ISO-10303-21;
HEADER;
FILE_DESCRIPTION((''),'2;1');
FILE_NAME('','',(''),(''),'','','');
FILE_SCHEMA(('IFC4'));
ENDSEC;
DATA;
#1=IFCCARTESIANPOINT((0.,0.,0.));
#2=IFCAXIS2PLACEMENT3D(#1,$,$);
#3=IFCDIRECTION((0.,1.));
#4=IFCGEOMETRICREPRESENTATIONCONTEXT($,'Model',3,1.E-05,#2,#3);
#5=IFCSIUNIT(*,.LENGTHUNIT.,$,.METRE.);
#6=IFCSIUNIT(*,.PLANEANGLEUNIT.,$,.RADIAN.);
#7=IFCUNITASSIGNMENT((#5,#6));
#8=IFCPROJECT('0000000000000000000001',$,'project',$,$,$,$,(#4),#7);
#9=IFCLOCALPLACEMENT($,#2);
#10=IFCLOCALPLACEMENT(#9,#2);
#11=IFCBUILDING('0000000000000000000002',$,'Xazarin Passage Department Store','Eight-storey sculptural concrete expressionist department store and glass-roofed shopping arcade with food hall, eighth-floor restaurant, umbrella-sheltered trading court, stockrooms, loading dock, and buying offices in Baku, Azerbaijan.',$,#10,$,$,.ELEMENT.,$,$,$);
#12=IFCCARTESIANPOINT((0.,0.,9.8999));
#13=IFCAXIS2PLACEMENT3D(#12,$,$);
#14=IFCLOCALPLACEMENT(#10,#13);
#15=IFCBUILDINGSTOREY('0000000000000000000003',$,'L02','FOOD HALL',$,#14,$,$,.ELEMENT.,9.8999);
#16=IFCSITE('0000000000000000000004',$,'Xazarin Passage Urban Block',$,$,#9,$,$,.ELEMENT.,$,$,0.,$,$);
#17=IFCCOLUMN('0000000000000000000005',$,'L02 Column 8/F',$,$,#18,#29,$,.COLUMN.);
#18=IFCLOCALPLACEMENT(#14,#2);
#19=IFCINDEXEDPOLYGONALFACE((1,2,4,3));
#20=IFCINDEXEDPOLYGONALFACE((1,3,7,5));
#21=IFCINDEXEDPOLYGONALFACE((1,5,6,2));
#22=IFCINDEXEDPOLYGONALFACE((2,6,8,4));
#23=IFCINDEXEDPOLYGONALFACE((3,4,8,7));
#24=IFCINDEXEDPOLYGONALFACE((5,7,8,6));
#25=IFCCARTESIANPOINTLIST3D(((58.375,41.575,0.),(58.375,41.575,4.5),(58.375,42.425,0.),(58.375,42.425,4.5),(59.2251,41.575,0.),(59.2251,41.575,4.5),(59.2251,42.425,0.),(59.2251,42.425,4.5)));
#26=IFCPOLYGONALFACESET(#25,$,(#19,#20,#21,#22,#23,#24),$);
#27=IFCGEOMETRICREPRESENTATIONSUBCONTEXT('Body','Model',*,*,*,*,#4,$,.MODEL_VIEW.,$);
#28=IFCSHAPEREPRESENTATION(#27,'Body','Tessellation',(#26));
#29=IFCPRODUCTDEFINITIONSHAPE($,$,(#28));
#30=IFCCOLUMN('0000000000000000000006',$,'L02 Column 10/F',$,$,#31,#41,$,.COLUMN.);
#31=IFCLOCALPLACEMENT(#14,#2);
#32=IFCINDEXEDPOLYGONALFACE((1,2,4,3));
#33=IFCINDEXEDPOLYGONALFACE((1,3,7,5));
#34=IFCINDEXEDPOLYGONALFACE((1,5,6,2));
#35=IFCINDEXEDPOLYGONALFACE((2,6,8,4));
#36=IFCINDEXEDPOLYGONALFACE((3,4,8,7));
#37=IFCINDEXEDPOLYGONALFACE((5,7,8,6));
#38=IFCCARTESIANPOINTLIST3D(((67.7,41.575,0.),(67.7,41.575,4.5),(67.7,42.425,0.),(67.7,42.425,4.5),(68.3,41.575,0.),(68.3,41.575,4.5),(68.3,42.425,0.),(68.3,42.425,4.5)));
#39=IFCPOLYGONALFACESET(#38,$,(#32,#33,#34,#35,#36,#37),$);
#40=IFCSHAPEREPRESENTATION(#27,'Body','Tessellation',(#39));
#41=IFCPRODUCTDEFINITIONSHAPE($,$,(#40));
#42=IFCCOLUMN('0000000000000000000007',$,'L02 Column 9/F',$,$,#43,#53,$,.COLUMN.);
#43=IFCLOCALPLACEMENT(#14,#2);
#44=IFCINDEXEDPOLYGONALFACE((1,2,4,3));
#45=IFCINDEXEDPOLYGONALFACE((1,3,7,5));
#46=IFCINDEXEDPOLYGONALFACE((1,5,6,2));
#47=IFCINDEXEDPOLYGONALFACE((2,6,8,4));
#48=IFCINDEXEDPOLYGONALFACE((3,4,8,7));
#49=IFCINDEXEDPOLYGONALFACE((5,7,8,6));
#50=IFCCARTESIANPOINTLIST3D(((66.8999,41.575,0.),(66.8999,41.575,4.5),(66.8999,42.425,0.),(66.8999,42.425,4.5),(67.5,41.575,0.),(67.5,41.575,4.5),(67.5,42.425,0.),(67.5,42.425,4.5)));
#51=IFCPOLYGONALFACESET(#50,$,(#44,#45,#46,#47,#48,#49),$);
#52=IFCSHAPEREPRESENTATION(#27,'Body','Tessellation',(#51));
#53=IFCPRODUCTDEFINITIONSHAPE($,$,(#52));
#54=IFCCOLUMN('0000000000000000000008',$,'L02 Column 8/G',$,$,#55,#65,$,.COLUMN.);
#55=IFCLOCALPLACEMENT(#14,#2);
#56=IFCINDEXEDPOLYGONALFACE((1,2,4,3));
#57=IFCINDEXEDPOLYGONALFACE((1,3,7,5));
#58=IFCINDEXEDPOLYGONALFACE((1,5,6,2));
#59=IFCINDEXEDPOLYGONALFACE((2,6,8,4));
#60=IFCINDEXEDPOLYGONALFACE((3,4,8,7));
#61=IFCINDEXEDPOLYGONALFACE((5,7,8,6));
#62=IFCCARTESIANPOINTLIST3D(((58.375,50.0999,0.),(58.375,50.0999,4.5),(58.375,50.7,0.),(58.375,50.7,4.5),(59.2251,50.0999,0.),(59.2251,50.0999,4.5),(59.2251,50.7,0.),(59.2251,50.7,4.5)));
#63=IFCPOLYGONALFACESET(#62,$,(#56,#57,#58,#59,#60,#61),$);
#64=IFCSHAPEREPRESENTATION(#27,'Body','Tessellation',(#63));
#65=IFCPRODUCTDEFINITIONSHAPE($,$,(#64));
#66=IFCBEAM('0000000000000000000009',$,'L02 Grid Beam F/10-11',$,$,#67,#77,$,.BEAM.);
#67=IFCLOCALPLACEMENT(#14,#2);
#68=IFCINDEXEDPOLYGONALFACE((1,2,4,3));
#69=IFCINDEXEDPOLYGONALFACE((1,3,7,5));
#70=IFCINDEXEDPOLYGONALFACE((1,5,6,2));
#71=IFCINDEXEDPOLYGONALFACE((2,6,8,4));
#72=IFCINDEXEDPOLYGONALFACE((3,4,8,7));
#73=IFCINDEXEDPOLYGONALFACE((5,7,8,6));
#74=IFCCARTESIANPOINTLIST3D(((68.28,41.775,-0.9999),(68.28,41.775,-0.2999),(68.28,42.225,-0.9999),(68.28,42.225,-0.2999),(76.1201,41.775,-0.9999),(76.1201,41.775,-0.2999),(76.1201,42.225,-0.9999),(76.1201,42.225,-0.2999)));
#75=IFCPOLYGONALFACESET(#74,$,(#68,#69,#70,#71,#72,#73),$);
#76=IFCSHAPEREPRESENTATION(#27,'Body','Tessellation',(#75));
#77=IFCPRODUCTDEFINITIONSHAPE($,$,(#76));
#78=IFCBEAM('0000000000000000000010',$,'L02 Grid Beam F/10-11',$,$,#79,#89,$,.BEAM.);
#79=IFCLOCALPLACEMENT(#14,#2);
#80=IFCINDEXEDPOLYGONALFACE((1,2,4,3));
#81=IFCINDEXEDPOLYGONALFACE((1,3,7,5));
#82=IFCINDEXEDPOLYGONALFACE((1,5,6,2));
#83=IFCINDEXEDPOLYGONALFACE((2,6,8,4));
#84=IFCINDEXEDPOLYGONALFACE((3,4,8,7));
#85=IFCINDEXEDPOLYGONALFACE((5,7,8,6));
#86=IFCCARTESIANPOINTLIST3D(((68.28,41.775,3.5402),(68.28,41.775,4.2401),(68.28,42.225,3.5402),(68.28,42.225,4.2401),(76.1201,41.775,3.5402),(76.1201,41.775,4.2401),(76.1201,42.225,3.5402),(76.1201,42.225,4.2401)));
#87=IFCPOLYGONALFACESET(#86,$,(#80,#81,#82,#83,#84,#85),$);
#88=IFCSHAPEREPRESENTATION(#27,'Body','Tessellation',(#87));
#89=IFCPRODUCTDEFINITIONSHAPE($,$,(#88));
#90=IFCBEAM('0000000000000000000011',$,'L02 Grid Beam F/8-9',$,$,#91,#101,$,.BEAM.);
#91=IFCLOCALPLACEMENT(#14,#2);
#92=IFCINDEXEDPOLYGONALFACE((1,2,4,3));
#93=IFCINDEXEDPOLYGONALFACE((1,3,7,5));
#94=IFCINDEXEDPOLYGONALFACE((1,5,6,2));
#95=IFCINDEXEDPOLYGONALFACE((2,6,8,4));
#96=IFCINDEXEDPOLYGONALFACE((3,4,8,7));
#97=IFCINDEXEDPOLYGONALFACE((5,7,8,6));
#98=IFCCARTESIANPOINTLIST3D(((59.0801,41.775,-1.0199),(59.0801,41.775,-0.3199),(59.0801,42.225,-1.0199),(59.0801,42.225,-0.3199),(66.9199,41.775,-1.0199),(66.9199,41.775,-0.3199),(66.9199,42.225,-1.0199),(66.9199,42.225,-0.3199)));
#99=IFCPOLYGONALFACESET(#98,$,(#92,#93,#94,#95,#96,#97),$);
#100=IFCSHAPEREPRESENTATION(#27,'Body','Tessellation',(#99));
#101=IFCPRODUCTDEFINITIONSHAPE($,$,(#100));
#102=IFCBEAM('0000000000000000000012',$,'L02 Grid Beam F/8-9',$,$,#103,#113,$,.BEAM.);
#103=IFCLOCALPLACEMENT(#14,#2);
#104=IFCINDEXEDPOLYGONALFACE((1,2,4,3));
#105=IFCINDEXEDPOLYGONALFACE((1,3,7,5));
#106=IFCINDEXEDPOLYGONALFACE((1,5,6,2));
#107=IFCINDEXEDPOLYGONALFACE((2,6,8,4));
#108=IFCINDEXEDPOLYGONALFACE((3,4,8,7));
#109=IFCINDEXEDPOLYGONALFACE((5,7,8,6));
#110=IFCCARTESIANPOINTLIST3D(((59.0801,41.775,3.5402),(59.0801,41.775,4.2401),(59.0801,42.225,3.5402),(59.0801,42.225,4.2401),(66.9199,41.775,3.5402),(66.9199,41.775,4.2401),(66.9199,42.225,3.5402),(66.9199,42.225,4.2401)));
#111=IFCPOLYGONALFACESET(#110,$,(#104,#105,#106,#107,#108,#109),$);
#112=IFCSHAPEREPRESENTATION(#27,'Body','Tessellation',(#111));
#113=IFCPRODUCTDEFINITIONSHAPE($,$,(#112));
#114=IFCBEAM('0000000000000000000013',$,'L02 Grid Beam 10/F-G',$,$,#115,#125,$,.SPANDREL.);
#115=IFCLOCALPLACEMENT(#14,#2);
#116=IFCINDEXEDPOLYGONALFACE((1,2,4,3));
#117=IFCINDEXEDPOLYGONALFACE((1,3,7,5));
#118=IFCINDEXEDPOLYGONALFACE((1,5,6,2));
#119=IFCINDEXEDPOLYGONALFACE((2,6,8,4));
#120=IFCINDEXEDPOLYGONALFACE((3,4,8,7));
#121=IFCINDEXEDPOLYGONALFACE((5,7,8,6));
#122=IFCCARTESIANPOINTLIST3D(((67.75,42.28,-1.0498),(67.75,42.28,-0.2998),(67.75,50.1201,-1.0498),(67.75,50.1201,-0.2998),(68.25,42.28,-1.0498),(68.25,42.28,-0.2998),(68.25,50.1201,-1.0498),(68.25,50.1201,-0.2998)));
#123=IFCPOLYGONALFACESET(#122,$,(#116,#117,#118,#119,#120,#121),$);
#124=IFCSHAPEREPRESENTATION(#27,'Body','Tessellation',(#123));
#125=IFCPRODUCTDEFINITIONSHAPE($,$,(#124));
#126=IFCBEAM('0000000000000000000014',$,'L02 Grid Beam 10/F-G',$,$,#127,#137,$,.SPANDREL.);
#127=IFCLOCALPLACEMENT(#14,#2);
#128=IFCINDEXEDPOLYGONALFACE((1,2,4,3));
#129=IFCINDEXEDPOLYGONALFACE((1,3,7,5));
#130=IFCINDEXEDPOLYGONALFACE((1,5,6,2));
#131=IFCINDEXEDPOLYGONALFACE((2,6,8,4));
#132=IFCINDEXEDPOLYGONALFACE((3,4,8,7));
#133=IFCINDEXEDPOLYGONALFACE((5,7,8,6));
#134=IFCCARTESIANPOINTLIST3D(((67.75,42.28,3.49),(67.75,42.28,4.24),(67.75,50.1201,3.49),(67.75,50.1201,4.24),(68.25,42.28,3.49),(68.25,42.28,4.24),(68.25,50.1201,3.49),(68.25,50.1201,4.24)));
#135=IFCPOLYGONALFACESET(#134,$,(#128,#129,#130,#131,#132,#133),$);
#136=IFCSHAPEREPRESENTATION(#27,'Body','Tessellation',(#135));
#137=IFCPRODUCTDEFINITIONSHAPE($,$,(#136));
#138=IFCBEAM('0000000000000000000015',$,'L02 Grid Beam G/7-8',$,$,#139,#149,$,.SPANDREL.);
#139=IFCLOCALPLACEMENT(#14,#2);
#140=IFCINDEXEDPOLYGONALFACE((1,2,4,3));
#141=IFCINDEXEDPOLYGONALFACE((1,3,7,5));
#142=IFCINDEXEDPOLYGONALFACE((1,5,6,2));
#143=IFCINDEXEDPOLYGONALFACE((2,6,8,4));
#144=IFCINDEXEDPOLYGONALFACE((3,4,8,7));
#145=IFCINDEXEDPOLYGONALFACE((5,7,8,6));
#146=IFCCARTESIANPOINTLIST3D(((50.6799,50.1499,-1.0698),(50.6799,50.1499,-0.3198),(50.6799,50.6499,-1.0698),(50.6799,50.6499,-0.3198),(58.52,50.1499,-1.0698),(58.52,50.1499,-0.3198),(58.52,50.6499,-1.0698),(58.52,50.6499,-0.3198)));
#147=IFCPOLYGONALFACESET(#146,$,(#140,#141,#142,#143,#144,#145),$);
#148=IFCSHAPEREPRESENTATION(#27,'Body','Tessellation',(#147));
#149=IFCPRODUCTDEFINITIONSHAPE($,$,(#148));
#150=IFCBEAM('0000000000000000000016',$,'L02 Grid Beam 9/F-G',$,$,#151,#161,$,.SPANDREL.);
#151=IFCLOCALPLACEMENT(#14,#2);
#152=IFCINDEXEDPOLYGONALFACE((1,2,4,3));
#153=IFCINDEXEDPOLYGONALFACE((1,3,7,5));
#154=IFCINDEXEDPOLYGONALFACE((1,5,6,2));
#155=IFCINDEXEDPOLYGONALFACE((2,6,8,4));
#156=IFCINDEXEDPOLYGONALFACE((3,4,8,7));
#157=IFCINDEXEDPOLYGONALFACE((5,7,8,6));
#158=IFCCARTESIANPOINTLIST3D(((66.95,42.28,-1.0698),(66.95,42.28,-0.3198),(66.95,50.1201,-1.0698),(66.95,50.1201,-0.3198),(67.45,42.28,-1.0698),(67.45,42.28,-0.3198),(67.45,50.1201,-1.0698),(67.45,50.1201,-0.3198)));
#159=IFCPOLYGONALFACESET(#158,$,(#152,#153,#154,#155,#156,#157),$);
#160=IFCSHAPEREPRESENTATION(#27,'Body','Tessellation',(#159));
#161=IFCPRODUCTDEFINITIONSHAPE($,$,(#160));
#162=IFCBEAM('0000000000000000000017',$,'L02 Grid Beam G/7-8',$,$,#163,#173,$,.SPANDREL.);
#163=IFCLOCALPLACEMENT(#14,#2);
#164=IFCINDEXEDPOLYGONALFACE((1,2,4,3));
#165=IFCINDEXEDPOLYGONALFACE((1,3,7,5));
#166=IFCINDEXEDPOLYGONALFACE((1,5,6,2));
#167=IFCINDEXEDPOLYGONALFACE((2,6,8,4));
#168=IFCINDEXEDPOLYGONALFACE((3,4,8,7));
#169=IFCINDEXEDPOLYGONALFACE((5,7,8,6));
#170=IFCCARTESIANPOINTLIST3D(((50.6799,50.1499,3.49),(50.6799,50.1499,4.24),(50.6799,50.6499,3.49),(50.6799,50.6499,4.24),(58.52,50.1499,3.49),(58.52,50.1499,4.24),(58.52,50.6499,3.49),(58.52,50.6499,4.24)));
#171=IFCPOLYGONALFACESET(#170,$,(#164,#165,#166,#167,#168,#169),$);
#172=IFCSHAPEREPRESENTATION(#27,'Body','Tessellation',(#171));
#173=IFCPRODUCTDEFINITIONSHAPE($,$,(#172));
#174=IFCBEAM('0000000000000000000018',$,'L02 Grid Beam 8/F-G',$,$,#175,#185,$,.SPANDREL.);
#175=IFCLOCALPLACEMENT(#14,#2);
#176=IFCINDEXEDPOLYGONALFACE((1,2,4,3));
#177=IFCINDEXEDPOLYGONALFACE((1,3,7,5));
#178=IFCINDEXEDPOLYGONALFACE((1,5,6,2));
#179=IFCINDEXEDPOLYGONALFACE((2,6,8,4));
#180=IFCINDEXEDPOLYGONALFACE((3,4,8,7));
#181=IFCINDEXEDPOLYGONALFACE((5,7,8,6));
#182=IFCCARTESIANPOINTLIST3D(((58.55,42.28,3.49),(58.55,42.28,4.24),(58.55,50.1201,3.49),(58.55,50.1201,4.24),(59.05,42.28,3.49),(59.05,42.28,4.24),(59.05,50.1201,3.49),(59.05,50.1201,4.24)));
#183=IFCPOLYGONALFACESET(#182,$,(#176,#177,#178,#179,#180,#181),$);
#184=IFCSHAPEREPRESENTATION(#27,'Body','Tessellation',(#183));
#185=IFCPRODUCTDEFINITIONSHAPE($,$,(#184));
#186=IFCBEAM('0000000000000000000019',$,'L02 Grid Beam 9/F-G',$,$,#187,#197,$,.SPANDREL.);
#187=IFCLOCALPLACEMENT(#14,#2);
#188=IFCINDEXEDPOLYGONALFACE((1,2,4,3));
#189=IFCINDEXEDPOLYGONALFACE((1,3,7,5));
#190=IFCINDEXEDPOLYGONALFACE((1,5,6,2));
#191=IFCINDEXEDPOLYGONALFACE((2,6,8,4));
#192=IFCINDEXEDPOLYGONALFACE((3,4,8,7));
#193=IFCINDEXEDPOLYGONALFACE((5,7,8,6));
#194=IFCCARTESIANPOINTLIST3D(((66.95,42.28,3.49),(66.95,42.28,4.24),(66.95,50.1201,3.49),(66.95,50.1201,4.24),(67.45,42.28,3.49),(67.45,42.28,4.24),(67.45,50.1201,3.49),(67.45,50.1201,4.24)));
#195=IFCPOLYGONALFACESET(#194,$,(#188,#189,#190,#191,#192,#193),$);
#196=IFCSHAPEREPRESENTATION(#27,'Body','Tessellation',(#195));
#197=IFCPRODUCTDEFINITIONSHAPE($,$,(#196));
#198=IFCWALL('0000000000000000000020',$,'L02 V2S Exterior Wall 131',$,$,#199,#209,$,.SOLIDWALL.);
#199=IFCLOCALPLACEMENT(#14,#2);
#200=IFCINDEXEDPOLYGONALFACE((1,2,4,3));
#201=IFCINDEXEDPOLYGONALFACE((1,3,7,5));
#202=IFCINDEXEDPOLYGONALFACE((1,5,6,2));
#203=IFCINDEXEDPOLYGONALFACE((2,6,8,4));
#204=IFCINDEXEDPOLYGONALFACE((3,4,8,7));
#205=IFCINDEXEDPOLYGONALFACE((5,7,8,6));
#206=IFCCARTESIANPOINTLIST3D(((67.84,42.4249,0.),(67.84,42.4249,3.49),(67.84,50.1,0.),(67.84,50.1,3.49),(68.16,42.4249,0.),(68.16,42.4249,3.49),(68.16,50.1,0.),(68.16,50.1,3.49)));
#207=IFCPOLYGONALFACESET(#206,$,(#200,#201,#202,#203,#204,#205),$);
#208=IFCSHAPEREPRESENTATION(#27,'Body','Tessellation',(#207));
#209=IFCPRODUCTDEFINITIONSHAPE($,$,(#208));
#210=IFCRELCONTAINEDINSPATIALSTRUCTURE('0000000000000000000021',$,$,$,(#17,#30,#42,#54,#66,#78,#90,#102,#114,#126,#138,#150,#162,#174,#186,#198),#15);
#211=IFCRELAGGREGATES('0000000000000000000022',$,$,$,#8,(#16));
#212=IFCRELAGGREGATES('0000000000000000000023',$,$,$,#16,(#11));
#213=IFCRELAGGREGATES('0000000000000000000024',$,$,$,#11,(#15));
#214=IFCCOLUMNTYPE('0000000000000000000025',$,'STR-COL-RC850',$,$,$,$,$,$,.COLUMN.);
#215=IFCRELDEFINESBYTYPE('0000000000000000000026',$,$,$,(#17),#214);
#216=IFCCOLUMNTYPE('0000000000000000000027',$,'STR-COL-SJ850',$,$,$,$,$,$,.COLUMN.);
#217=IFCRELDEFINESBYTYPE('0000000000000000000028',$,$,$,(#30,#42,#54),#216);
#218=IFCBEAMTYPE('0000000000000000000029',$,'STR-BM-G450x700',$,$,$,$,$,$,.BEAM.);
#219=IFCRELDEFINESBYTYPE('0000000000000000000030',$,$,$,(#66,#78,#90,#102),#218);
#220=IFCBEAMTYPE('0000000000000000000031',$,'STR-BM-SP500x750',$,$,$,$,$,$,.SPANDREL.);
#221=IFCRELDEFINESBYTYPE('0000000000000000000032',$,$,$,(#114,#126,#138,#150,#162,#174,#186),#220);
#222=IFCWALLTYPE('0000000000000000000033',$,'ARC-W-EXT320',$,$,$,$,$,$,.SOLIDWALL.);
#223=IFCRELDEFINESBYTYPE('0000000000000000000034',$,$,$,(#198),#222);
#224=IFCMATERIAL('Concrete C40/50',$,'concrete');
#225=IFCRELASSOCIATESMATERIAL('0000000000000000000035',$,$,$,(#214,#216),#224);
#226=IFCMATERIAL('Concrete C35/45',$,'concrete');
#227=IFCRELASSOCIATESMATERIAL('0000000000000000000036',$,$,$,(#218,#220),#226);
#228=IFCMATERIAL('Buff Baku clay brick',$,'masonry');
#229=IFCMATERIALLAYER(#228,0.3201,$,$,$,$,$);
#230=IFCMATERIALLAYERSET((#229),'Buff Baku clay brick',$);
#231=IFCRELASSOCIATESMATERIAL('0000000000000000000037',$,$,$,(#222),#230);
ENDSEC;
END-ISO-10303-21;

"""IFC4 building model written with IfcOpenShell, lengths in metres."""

from ifc_helpers import new_model, si_unit, direction, frame, frame_2d, origin, origin_2d, place, context, subcontext, project, spatial, rectangle, extrude, material, layer, layer_set, material_profile, profile_set, type_object, element, save


model = new_model("IFC4")

# Units and contexts
model_context = context("Model", 3, precision=1e-05, world=origin(), true_north=direction((0.0, 1.0)))
body_context = subcontext(model_context, "Body", "Model", "MODEL_VIEW")
ifc_project = project(units=[si_unit("LENGTHUNIT", "METRE"), si_unit("PLANEANGLEUNIT", "RADIAN")], contexts=[model_context])

# Site, building, storey
site_placement = place(None, origin())
site = spatial("IfcSite", under=ifc_project, at=site_placement, Name="Xazarin Passage Urban Block", CompositionType="ELEMENT", RefElevation=0.0)
building_placement = place(site_placement, origin())
building = spatial("IfcBuilding", under=site, at=building_placement, Name="Xazarin Passage Department Store", Description="Eight-storey sculptural concrete expressionist department store and glass-roofed shopping arcade with food hall, eighth-floor restaurant, umbrella-sheltered trading court, stockrooms, loading dock, and buying offices in Baku, Azerbaijan.", CompositionType="ELEMENT")
storey_placement = place(building_placement, frame((0.0, 0.0, 9.8999)))
storey = spatial("IfcBuildingStorey", under=building, at=storey_placement, Name="L02", Description="FOOD HALL", CompositionType="ELEMENT", Elevation=9.8999)

# Columns
ifc_material_1 = material(Name="Concrete C40/50", Category="concrete")
ifc_material_profile_1 = material_profile(ifc_material_1, rectangle(XDim=0.8501, YDim=0.8501, at=origin_2d()), Name="RC 850x850")
ifc_profile_set_1 = profile_set([ifc_material_profile_1], Name="Concrete C40/50")
column_type_1 = type_object("IfcColumnType", Name="STR-COL-RC850", PredefinedType="COLUMN", material=ifc_profile_set_1)
column_placement = place(storey_placement, frame((58.8, 42.0, 0.0), z_axis=(0.0, 0.0, 1.0), x_axis=(1.0, 0.0, 0.0)))
element("IfcColumn", 1, at=column_placement, inside=storey, type_object=column_type_1, Name="L02 Column 8/F", PredefinedType="COLUMN", context=body_context, shape_type="SweptSolid", body=[
    extrude(rectangle(XDim=0.8501, YDim=0.8501, at=origin_2d()), origin(), (0.0, 0.0, 1.0), 4.5),
])
ifc_material_profile_2 = material_profile(ifc_material_1, rectangle(XDim=0.6001, YDim=0.8501, at=origin_2d()), Name="RC 600x850")
ifc_profile_set_2 = profile_set([ifc_material_profile_2], Name="Concrete C40/50")
column_type_2 = type_object("IfcColumnType", Name="STR-COL-SJ850", PredefinedType="COLUMN", material=ifc_profile_set_2)
for number, where, z_axis, x_axis, name in (
    (2, (68.0, 42.0, 0.0), (0.0, 0.0, 1.0), (1.0, 0.0, 0.0), "L02 Column 10/F"),
    (3, (67.2, 42.0, 0.0), (0.0, 0.0, 1.0), (1.0, 0.0, 0.0), "L02 Column 9/F"),
    (4, (58.8, 50.3999, 0.0), (0.0, 0.0, 1.0), (0.0, 1.0, 0.0), "L02 Column 8/G"),
):
    element("IfcColumn", number, at=place(storey_placement, frame(where, z_axis=z_axis, x_axis=x_axis)), inside=storey, type_object=column_type_2, Name=name, PredefinedType="COLUMN", context=body_context, shape_type="SweptSolid", body=[
        extrude(rectangle(XDim=0.6001, YDim=0.8501, at=origin_2d()), origin(), (0.0, 0.0, 1.0), 4.5),
    ])

# Beams
ifc_material_2 = material(Name="Concrete C35/45", Category="concrete")
ifc_material_profile_3 = material_profile(ifc_material_2, rectangle(XDim=0.45, YDim=0.7, at=origin_2d()), Name="RC 450x700")
ifc_profile_set_3 = profile_set([ifc_material_profile_3], Name="Concrete C35/45")
beam_type_1 = type_object("IfcBeamType", Name="STR-BM-G450x700", PredefinedType="BEAM", material=ifc_profile_set_3)
for number, where, z_axis, x_axis, name in (
    (5, (68.28, 42.0, -0.6499), (1.0, 0.0, 0.0), (0.0, 1.0, 0.0), "L02 Grid Beam F/10-11"),
    (6, (68.28, 42.0, 3.8901), (1.0, 0.0, 0.0), (0.0, 1.0, 0.0), "L02 Grid Beam F/10-11"),
):
    element("IfcBeam", number, at=place(storey_placement, frame(where, z_axis=z_axis, x_axis=x_axis)), inside=storey, type_object=beam_type_1, Name=name, PredefinedType="BEAM", context=body_context, shape_type="SweptSolid", body=[
        extrude(rectangle(XDim=0.45, YDim=0.7, at=origin_2d()), origin(), (0.0, 0.0, 1.0), 7.8401),
    ])
for number, where, z_axis, x_axis, name in (
    (7, (59.0801, 42.0, -0.6699), (1.0, 0.0, 0.0), (0.0, 1.0, 0.0), "L02 Grid Beam F/8-9"),
    (8, (59.0801, 42.0, 3.8901), (1.0, 0.0, 0.0), (0.0, 1.0, 0.0), "L02 Grid Beam F/8-9"),
):
    element("IfcBeam", number, at=place(storey_placement, frame(where, z_axis=z_axis, x_axis=x_axis)), inside=storey, type_object=beam_type_1, Name=name, PredefinedType="BEAM", context=body_context, shape_type="SweptSolid", body=[
        extrude(rectangle(XDim=0.45, YDim=0.7, at=origin_2d()), origin(), (0.0, 0.0, 1.0), 7.8398),
    ])
ifc_material_profile_4 = material_profile(ifc_material_2, rectangle(XDim=0.5, YDim=0.75, at=origin_2d()), Name="RC 500x750")
ifc_profile_set_4 = profile_set([ifc_material_profile_4], Name="Concrete C35/45")
beam_type_2 = type_object("IfcBeamType", Name="STR-BM-SP500x750", PredefinedType="SPANDREL", material=ifc_profile_set_4)
for number, where, z_axis, x_axis, name in (
    (9, (68.0, 42.28, -0.6748), (0.0, 1.0, 0.0), (-1.0, 0.0, 0.0), "L02 Grid Beam 10/F-G"),
    (10, (68.0, 42.28, 3.865), (0.0, 1.0, 0.0), (-1.0, 0.0, 0.0), "L02 Grid Beam 10/F-G"),
    (11, (50.6799, 50.3999, -0.6948), (1.0, 0.0, 0.0), (0.0, 1.0, 0.0), "L02 Grid Beam G/7-8"),
    (12, (67.2, 42.28, -0.6948), (0.0, 1.0, 0.0), (-1.0, 0.0, 0.0), "L02 Grid Beam 9/F-G"),
    (13, (50.6799, 50.3999, 3.865), (1.0, 0.0, 0.0), (0.0, 1.0, 0.0), "L02 Grid Beam G/7-8"),
    (14, (58.8, 42.28, 3.865), (0.0, 1.0, 0.0), (-1.0, 0.0, 0.0), "L02 Grid Beam 8/F-G"),
    (15, (67.2, 42.28, 3.865), (0.0, 1.0, 0.0), (-1.0, 0.0, 0.0), "L02 Grid Beam 9/F-G"),
):
    element("IfcBeam", number, at=place(storey_placement, frame(where, z_axis=z_axis, x_axis=x_axis)), inside=storey, type_object=beam_type_2, Name=name, PredefinedType="SPANDREL", context=body_context, shape_type="SweptSolid", body=[
        extrude(rectangle(XDim=0.5, YDim=0.75, at=origin_2d()), origin(), (0.0, 0.0, 1.0), 7.8401),
    ])

# Wall
ifc_material_3 = material(Name="Buff Baku clay brick", Category="masonry")
ifc_layer_1 = layer(ifc_material_3, 0.3201)
ifc_layer_set_1 = layer_set([ifc_layer_1], Name="Buff Baku clay brick")
wall_type_1 = type_object("IfcWallType", Name="ARC-W-EXT320", PredefinedType="SOLIDWALL", material=ifc_layer_set_1)
wall_1_placement = place(storey_placement, frame((68.0, 42.425, 0.0), z_axis=(0.0, 0.0, 1.0), x_axis=(0.0, 1.0, 0.0)))
element("IfcWall", 16, at=wall_1_placement, inside=storey, type_object=wall_type_1, Name="L02 V2S Exterior Wall 131", PredefinedType="SOLIDWALL", context=body_context, shape_type="SweptSolid", body=[
    extrude(rectangle(XDim=7.675, YDim=0.3201, at=frame_2d((3.8374, 0.0))), origin(), (0.0, 0.0, 1.0), 3.49),
])

save(model, "model.ifc")
